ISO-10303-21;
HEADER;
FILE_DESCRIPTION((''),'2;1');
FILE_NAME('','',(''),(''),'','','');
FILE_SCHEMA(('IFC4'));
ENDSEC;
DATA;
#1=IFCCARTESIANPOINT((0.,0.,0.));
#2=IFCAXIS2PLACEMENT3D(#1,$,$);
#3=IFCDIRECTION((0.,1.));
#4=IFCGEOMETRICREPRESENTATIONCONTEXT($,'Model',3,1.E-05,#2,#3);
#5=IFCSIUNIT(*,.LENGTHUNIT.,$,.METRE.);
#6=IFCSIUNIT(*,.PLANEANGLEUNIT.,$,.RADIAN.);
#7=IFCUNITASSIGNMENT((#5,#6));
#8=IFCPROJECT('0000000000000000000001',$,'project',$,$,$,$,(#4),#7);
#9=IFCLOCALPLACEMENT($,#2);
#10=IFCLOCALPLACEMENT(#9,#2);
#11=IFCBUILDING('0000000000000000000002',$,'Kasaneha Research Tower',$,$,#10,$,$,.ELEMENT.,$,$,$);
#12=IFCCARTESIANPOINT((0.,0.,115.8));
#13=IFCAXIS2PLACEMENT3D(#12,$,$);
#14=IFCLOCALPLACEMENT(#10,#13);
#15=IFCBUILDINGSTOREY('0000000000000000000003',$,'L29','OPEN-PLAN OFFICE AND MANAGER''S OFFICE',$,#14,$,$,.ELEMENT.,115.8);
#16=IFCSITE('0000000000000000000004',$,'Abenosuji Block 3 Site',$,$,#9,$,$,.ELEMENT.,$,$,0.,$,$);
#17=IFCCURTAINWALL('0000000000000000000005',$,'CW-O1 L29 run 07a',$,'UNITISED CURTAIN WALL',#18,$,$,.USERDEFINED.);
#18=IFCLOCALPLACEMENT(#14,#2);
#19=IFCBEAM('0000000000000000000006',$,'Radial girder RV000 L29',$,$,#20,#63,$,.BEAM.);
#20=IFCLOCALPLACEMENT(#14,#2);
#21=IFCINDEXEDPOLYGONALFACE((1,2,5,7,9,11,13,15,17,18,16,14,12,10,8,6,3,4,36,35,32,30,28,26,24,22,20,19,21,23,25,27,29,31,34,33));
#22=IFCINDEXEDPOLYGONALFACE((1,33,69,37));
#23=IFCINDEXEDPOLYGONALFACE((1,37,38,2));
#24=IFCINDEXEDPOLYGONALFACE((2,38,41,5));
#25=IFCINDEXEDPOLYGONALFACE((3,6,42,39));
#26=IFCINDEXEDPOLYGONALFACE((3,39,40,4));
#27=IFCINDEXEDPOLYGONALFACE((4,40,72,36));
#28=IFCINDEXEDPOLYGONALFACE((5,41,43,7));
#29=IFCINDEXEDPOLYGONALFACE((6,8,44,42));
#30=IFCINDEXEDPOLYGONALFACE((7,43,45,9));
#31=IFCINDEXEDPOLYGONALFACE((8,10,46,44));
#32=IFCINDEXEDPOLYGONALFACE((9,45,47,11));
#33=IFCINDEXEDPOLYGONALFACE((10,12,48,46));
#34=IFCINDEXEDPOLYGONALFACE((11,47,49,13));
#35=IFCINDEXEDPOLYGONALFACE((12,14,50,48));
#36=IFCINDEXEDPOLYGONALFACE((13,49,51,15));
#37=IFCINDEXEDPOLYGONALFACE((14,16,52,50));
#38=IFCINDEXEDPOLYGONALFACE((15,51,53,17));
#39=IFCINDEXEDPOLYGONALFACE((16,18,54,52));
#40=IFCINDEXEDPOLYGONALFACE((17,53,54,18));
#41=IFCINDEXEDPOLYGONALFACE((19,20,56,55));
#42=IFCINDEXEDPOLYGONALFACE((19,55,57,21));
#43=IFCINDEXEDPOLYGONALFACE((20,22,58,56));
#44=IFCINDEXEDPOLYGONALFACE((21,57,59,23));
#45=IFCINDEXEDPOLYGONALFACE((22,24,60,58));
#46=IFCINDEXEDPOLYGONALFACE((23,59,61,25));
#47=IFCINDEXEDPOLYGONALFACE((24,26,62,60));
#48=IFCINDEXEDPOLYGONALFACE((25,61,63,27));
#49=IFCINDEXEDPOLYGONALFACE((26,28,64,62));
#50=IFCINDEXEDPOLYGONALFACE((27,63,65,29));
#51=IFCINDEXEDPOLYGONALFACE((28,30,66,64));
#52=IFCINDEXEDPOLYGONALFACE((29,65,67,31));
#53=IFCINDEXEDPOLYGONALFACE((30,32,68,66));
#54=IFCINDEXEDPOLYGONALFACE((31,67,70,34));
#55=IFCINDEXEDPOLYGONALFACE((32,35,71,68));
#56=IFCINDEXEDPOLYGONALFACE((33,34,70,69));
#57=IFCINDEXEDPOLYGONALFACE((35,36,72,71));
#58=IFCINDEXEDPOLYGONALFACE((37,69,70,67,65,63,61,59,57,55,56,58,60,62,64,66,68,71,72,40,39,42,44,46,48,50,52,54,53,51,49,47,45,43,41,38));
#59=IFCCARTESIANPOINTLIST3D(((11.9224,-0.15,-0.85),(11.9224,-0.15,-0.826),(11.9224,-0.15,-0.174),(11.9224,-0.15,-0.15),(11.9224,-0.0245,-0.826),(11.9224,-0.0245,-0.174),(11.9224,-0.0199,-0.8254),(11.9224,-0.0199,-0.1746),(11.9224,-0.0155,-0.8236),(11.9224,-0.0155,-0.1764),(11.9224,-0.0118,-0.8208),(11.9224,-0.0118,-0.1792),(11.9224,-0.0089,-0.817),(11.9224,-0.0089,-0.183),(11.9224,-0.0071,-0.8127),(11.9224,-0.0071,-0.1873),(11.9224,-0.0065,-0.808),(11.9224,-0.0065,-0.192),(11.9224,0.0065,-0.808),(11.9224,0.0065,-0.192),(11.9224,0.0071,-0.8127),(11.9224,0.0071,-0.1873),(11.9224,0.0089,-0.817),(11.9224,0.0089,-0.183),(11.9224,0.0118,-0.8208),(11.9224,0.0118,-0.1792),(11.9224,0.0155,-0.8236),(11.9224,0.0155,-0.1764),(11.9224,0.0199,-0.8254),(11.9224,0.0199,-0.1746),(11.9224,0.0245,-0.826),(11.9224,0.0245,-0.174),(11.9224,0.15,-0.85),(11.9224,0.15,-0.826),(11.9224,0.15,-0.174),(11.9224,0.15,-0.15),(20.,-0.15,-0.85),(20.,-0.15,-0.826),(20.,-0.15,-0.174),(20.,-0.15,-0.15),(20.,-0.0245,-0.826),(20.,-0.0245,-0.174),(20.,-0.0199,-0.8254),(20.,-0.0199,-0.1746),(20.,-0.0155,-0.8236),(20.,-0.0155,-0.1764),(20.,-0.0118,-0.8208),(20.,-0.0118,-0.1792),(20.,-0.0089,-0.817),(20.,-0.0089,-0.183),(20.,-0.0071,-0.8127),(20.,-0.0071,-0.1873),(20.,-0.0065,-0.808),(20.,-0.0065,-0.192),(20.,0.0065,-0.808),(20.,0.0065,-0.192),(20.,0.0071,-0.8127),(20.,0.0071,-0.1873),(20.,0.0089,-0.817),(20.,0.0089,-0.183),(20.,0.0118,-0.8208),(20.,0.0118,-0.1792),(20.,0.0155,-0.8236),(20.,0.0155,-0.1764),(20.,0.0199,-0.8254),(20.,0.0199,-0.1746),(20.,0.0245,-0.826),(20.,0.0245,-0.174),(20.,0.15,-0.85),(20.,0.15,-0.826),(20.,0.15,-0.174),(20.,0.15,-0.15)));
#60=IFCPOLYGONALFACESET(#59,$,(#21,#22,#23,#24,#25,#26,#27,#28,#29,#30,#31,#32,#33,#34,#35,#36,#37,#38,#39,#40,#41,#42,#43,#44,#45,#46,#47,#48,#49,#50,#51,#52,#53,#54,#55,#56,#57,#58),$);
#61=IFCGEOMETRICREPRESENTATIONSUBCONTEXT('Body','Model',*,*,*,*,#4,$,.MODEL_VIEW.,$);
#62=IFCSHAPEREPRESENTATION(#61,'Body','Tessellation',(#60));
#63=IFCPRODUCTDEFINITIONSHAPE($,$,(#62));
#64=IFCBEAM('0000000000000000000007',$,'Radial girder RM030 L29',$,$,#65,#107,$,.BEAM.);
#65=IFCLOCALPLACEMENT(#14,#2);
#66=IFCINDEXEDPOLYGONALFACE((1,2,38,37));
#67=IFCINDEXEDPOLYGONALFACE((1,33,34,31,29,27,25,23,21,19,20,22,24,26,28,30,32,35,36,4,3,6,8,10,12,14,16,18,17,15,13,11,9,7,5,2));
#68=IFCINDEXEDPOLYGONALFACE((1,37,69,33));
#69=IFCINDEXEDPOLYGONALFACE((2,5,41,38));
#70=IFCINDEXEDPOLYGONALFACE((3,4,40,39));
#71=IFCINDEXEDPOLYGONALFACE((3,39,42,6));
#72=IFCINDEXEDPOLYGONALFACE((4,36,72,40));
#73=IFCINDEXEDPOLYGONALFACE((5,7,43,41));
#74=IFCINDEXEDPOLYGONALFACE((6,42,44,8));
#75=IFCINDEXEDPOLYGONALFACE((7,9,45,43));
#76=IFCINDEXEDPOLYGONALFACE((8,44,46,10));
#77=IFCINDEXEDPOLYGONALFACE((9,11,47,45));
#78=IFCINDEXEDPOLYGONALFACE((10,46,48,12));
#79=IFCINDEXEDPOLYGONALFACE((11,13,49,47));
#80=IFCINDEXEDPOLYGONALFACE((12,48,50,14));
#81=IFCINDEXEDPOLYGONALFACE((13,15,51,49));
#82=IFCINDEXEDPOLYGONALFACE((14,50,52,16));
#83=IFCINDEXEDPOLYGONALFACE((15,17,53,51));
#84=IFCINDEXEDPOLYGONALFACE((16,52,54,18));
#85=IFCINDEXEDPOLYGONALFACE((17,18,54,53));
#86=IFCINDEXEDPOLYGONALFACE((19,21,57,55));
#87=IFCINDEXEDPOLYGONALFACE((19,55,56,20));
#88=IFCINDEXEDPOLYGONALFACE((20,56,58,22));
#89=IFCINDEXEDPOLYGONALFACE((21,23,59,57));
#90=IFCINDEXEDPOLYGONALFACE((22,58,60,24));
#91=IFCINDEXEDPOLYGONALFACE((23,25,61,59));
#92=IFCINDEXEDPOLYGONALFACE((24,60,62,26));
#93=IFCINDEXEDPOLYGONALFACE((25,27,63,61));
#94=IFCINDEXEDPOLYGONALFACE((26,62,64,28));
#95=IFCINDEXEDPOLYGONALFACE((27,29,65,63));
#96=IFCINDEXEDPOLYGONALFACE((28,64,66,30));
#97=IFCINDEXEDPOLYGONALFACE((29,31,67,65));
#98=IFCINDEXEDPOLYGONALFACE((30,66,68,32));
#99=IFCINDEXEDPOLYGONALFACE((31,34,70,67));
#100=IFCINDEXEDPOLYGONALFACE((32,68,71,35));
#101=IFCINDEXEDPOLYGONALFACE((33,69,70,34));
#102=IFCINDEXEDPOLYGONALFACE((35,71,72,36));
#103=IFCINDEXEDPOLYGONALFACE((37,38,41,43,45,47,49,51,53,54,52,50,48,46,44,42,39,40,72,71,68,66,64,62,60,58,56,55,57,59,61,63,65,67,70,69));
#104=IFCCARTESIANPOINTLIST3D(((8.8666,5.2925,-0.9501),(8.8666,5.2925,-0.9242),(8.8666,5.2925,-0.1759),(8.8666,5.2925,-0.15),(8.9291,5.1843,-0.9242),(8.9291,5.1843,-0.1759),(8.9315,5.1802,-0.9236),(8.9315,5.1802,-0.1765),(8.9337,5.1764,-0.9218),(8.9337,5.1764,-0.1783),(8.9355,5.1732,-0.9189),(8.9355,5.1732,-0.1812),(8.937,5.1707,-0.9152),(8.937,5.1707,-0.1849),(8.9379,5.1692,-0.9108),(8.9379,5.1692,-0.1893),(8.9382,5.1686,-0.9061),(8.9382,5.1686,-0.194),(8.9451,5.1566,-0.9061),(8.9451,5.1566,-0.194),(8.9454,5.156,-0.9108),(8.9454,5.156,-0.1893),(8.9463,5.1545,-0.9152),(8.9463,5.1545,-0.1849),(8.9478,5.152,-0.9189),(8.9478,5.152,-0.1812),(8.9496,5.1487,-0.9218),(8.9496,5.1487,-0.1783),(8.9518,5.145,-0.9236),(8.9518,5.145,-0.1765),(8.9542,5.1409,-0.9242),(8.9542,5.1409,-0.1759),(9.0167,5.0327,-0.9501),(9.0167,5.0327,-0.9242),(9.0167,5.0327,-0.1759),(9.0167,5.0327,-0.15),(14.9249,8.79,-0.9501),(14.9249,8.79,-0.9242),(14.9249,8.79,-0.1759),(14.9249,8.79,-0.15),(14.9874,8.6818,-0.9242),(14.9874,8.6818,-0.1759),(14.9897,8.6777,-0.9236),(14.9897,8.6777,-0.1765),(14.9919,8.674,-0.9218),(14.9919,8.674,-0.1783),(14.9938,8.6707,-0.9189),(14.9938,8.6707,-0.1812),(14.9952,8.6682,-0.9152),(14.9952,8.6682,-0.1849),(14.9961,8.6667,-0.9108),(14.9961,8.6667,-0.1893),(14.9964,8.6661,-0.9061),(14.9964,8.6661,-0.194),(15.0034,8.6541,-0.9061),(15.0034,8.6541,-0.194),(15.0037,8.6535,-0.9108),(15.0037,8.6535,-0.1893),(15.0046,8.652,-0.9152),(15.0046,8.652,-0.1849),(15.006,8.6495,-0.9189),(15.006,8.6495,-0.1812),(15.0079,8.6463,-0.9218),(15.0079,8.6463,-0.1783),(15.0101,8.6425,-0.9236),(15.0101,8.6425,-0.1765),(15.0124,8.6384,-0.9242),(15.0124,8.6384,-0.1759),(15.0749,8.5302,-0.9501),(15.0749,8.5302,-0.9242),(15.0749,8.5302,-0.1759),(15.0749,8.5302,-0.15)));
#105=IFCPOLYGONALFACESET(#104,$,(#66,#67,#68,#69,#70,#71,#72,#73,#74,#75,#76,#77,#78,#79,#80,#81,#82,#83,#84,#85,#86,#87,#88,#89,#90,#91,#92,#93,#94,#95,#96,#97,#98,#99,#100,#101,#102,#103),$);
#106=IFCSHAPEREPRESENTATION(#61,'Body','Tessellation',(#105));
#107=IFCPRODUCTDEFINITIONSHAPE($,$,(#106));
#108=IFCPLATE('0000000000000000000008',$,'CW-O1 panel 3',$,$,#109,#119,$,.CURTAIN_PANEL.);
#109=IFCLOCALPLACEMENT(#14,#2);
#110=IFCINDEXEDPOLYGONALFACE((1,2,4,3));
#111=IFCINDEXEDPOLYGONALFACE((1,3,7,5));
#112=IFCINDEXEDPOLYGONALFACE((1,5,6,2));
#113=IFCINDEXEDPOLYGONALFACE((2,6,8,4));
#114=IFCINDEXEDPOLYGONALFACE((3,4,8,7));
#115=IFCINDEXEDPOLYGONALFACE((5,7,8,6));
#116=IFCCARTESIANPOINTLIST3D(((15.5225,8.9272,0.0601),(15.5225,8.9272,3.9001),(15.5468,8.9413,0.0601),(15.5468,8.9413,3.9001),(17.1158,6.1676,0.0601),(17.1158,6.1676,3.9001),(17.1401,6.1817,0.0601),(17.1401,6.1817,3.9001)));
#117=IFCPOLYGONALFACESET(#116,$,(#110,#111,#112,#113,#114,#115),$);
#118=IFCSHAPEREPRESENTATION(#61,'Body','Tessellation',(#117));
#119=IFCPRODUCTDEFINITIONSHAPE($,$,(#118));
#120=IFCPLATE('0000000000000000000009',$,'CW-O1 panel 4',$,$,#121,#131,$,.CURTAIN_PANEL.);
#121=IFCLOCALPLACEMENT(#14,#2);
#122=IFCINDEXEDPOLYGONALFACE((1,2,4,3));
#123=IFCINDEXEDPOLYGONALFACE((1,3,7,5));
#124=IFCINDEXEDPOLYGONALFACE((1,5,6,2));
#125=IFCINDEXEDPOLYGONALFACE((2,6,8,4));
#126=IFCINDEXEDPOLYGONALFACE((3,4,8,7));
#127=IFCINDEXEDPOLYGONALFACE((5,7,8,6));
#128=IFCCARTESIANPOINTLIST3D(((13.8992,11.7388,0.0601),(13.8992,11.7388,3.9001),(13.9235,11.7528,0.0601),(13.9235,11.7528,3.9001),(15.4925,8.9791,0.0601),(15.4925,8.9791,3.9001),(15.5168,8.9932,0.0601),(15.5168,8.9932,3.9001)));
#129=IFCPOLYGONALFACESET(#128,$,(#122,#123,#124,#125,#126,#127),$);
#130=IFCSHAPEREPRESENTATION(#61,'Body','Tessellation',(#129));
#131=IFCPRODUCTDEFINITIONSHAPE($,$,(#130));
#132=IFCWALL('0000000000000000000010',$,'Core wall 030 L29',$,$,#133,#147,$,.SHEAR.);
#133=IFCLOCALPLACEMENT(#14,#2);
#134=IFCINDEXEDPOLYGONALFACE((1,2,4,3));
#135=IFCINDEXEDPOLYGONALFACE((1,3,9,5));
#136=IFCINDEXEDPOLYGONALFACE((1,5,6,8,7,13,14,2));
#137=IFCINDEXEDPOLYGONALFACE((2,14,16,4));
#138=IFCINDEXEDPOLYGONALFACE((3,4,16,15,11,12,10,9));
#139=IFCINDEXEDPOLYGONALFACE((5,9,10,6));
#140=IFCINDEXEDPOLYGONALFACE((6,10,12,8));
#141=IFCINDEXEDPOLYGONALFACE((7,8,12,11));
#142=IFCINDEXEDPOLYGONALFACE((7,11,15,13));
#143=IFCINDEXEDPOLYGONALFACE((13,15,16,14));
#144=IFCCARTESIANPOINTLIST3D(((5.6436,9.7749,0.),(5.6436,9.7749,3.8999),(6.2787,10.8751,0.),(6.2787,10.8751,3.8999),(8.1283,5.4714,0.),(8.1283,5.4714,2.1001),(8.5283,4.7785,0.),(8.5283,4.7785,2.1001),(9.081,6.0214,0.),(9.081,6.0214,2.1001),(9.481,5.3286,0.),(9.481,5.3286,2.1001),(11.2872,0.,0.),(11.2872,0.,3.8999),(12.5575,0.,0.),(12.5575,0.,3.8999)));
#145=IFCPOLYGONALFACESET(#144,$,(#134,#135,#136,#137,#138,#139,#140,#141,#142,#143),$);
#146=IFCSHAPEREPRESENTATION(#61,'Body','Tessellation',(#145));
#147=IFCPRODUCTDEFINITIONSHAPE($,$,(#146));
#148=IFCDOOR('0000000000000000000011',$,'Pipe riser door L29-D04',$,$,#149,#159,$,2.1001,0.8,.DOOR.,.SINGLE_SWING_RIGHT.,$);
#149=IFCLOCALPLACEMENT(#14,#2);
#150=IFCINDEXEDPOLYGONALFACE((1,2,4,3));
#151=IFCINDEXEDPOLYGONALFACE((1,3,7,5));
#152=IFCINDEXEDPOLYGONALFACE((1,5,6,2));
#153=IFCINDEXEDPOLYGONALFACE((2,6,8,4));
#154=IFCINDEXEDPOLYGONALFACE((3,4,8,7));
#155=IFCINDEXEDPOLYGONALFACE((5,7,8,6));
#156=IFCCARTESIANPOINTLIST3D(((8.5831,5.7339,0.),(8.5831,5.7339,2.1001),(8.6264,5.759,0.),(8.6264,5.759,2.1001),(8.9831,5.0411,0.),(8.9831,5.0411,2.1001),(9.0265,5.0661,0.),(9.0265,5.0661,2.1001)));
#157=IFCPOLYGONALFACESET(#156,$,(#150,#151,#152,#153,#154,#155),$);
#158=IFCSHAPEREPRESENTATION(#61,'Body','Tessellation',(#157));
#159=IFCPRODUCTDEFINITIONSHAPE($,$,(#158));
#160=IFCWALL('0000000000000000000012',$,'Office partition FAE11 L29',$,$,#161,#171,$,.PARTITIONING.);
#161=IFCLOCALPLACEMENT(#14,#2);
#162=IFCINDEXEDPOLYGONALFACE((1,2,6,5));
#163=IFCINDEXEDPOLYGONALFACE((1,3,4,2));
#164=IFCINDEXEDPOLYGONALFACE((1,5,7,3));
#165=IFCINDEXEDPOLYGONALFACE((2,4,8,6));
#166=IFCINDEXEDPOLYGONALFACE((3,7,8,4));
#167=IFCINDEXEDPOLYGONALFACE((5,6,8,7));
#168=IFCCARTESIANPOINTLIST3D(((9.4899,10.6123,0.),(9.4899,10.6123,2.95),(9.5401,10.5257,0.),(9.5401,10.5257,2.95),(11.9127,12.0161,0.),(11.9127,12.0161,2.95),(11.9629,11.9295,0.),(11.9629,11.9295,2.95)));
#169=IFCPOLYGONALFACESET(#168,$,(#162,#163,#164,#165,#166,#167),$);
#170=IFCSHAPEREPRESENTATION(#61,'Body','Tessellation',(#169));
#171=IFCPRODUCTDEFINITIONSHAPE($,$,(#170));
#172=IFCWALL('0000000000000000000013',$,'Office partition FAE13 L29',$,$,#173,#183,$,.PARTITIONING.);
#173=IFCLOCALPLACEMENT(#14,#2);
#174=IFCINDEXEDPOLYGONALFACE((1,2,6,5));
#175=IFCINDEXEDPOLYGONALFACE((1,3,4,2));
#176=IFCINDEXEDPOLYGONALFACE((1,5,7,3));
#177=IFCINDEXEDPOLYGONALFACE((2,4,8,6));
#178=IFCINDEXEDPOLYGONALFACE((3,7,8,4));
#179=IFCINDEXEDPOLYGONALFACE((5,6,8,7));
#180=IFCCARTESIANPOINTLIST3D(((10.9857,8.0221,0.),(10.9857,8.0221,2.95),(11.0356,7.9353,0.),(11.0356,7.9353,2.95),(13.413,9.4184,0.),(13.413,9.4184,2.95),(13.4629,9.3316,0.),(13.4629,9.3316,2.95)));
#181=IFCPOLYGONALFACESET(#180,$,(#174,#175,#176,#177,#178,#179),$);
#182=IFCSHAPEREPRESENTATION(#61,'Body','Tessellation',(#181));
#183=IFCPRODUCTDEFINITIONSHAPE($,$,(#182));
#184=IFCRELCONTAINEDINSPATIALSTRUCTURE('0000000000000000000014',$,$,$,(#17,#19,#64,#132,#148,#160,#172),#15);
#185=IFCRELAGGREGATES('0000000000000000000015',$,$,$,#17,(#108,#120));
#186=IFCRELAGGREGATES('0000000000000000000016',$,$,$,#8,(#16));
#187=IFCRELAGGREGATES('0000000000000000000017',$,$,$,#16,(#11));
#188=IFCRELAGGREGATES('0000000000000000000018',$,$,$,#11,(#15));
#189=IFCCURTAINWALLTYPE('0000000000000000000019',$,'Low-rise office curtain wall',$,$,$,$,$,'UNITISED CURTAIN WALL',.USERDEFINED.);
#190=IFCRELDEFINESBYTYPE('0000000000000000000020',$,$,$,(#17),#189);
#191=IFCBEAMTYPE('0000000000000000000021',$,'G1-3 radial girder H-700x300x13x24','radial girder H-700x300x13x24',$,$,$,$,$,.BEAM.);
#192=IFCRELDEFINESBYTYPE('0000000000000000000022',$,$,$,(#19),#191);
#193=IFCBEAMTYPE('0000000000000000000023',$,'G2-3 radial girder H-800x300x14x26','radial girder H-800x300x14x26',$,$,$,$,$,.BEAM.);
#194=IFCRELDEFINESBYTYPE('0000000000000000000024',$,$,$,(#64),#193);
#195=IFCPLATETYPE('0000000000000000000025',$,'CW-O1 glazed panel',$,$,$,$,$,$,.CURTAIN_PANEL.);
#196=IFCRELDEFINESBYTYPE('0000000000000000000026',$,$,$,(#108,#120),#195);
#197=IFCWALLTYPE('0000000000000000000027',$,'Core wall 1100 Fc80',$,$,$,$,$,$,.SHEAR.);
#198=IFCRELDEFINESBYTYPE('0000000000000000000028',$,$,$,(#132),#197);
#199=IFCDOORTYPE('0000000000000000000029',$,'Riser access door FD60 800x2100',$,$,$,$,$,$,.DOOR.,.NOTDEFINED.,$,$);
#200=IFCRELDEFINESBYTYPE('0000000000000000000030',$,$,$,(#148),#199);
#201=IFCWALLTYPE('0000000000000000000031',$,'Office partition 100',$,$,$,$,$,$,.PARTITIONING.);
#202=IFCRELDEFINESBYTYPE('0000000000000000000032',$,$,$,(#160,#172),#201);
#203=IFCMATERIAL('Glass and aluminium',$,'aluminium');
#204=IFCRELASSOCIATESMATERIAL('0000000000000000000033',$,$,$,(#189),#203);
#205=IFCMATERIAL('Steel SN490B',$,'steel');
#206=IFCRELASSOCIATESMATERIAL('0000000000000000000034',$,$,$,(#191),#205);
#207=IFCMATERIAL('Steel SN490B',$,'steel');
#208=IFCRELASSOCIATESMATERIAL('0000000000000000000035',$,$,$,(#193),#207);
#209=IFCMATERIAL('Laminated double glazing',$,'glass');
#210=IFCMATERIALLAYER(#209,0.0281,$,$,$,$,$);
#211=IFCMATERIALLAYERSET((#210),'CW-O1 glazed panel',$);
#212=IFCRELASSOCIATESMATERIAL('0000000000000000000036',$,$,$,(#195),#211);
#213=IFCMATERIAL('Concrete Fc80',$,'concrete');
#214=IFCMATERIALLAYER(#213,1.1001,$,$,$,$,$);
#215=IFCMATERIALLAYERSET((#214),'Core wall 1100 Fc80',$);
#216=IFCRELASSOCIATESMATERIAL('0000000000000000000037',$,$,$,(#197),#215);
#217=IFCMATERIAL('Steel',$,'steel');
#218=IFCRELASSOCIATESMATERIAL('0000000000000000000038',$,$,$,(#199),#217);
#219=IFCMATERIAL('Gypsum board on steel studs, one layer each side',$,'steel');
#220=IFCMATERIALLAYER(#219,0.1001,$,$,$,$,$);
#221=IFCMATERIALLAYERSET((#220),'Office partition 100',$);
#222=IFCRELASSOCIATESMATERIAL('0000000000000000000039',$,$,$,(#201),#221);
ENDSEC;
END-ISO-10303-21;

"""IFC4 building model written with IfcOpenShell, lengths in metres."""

from ifc_helpers import new_model, si_unit, direction, frame, frame_2d, origin, origin_2d, place, context, subcontext, project, spatial, polyline, rectangle, i_section, outline, extrude, material, layer, layer_set, material_profile, profile_set, type_object, element, fill, aggregate, save


model = new_model("IFC4")

# Units and contexts
model_context = context("Model", 3, precision=1e-05, world=origin(), true_north=direction((0.0, 1.0)))
body_context = subcontext(model_context, "Body", "Model", "MODEL_VIEW")
ifc_project = project(units=[si_unit("LENGTHUNIT", "METRE"), si_unit("PLANEANGLEUNIT", "RADIAN")], contexts=[model_context])

# Site, building, storey
site_placement = place(None, origin())
site = spatial("IfcSite", under=ifc_project, at=site_placement, Name="Abenosuji Block 3 Site", CompositionType="ELEMENT", RefElevation=0.0)
building_placement = place(site_placement, origin())
building = spatial("IfcBuilding", under=site, at=building_placement, Name="Kasaneha Research Tower", CompositionType="ELEMENT")
storey_placement = place(building_placement, frame((0.0, 0.0, 115.8)))
storey = spatial("IfcBuildingStorey", under=building, at=storey_placement, Name="L29", Description="OPEN-PLAN OFFICE AND MANAGER'S OFFICE", CompositionType="ELEMENT", Elevation=115.8)

# Curtain wall
ifc_material_1 = material(Name="Glass and aluminium", Category="aluminium")
curtain_wall_type = type_object("IfcCurtainWallType", Name="Low-rise office curtain wall", ElementType="UNITISED CURTAIN WALL", PredefinedType="USERDEFINED", material=ifc_material_1)
curtain_wall_placement = place(storey_placement, origin())
curtain_wall = element("IfcCurtainWall", 1, at=curtain_wall_placement, inside=storey, type_object=curtain_wall_type, Name="CW-O1 L29 run 07a", ObjectType="UNITISED CURTAIN WALL", PredefinedType="USERDEFINED")

# Beams
ifc_material_2 = material(Name="Steel SN490B", Category="steel")
ifc_material_profile_1 = material_profile(ifc_material_2, i_section(OverallWidth=0.3, OverallDepth=0.7, WebThickness=0.0129, FlangeThickness=0.0239, FilletRadius=0.0181, at=origin_2d()), Name="H-700x300x13x24")
ifc_profile_set_1 = profile_set([ifc_material_profile_1], Name="Steel SN490B")
beam_type_1 = type_object("IfcBeamType", Name="G1-3 radial girder H-700x300x13x24", Description="radial girder H-700x300x13x24", PredefinedType="BEAM", material=ifc_profile_set_1)
beam_1_placement = place(storey_placement, frame((11.9224, 0.0, -0.5), z_axis=(1.0, 0.0, 0.0), x_axis=(0.0, 1.0, 0.0)))
element("IfcBeam", 2, at=beam_1_placement, inside=storey, type_object=beam_type_1, Name="Radial girder RV000 L29", PredefinedType="BEAM", context=body_context, shape_type="SweptSolid", body=[
    extrude(i_section(OverallWidth=0.3, OverallDepth=0.7, WebThickness=0.0129, FlangeThickness=0.0239, FilletRadius=0.0181, at=origin_2d()), origin(), (0.0, 0.0, 1.0), 8.0776),
])
ifc_material_3 = material(Name="Steel SN490B", Category="steel")
ifc_material_profile_2 = material_profile(ifc_material_3, i_section(OverallWidth=0.3, OverallDepth=0.8, WebThickness=0.0139, FlangeThickness=0.0259, FilletRadius=0.0181, at=origin_2d()), Name="H-800x300x14x26")
ifc_profile_set_2 = profile_set([ifc_material_profile_2], Name="Steel SN490B")
beam_type_2 = type_object("IfcBeamType", Name="G2-3 radial girder H-800x300x14x26", Description="radial girder H-800x300x14x26", PredefinedType="BEAM", material=ifc_profile_set_2)
beam_2_placement = place(storey_placement, frame((8.9417, 5.1626, -0.55), z_axis=(0.86604, 0.499975, 0.0), x_axis=(-0.499975, 0.86604, 0.0)))
element("IfcBeam", 3, at=beam_2_placement, inside=storey, type_object=beam_type_2, Name="Radial girder RM030 L29", PredefinedType="BEAM", context=body_context, shape_type="SweptSolid", body=[
    extrude(i_section(OverallWidth=0.3, OverallDepth=0.8, WebThickness=0.0139, FlangeThickness=0.0259, FilletRadius=0.0181, at=origin_2d()), origin(), (0.0, 0.0, 1.0), 6.9954),
])

# Plates
ifc_material_4 = material(Name="Laminated double glazing", Category="glass")
ifc_layer_1 = layer(ifc_material_4, 0.0281)
ifc_layer_set_1 = layer_set([ifc_layer_1], Name="CW-O1 glazed panel")
plate_type = type_object("IfcPlateType", Name="CW-O1 glazed panel", PredefinedType="CURTAIN_PANEL", material=ifc_layer_set_1)
plate_1_placement = place(storey_placement, frame((16.3313, 7.5544, 0.0601), z_axis=(0.0, 0.0, 1.0), x_axis=(-0.5, 0.866025, 0.0)))
plate_1 = element("IfcPlate", 4, at=plate_1_placement, type_object=plate_type, Name="CW-O1 panel 3", PredefinedType="CURTAIN_PANEL", context=body_context, shape_type="SweptSolid", body=[
    extrude(rectangle(XDim=3.1865, YDim=0.0281, at=origin_2d()), origin(), (0.0, 0.0, 1.0), 3.8401),
])
plate_2_placement = place(storey_placement, frame((14.708, 10.366, 0.0601), z_axis=(0.0, 0.0, 1.0), x_axis=(-0.5, 0.866025, 0.0)))
plate_2 = element("IfcPlate", 5, at=plate_2_placement, type_object=plate_type, Name="CW-O1 panel 4", PredefinedType="CURTAIN_PANEL", context=body_context, shape_type="SweptSolid", body=[
    extrude(rectangle(XDim=3.1865, YDim=0.0281, at=origin_2d()), origin(), (0.0, 0.0, 1.0), 3.8401),
])
aggregate(curtain_wall, [plate_1, plate_2])

# Wall, opening, door
ifc_material_5 = material(Name="Concrete Fc80", Category="concrete")
ifc_layer_2 = layer(ifc_material_5, 1.1001)
ifc_layer_set_2 = layer_set([ifc_layer_2], Name="Core wall 1100 Fc80")
wall_type_1 = type_object("IfcWallType", Name="Core wall 1100 Fc80", PredefinedType="SHEAR", material=ifc_layer_set_2)
wall_1_placement = place(storey_placement, frame((11.9224, 0.0, 0.0), z_axis=(0.0, 0.0, 1.0), x_axis=(-0.500004, 0.866023, 0.0)))
wall_1 = element("IfcWall", 6, at=wall_1_placement, inside=storey, type_object=wall_type_1, Name="Core wall 030 L29", PredefinedType="SHEAR", context=body_context, shape_type="SweptSolid", body=[
    extrude(outline(polyline([(-0.3176, -0.55), (5.8354, -0.55), (6.6355, -0.55), (12.24, -0.55), (11.6047, 0.55), (6.6355, 0.55), (5.8354, 0.55), (0.3176, 0.55), (-0.3176, -0.55)])), origin(), (0.0, 0.0, 1.0), 3.8999),
])
opening_1_placement = place(wall_1_placement, frame((5.8354, 0.0, 0.0)))
opening_1 = element("IfcOpeningElement", 7, at=opening_1_placement, cuts=wall_1, PredefinedType="OPENING", context=body_context, shape_type="SweptSolid", body=[
    extrude(rectangle(XDim=0.8, YDim=2.1001, at=frame_2d((0.3999, 1.05))), frame((0.0, 0.5601, 0.0), z_axis=(0.0, -1.0, 0.0), x_axis=(1.0, 0.0, 0.0)), (0.0, 0.0, 1.0), 1.1201),
])
ifc_material_6 = material(Name="Steel", Category="steel")
door_type_1 = type_object("IfcDoorType", Name="Riser access door FD60 800x2100", OperationType="NOTDEFINED", PredefinedType="DOOR", material=ifc_material_6)
door_1_placement = place(opening_1_placement, origin())
door_1 = element("IfcDoor", 8, at=door_1_placement, inside=storey, type_object=door_type_1, Name="Pipe riser door L29-D04", OperationType="SINGLE_SWING_RIGHT", OverallHeight=2.1001, OverallWidth=0.8, PredefinedType="DOOR", context=body_context, shape_type="SweptSolid", body=[
    extrude(rectangle(XDim=0.8, YDim=2.1001, at=frame_2d((0.3999, 1.05))), frame((0.0, 0.0249, 0.0), z_axis=(0.0, -1.0, 0.0), x_axis=(1.0, 0.0, 0.0)), (0.0, 0.0, 1.0), 0.05),
])
fill(opening_1, door_1)

# Walls
ifc_material_7 = material(Name="Gypsum board on steel studs, one layer each side", Category="steel")
ifc_layer_3 = layer(ifc_material_7, 0.1001)
ifc_layer_set_3 = layer_set([ifc_layer_3], Name="Office partition 100")
wall_type_2 = type_object("IfcWallType", Name="Office partition 100", PredefinedType="PARTITIONING", material=ifc_layer_set_3)
wall_2_placement = place(storey_placement, frame((9.5151, 10.5691, 0.0), z_axis=(0.0, 0.0, 1.0), x_axis=(0.865255, 0.501332, 0.0)))
element("IfcWall", 9, at=wall_2_placement, inside=storey, type_object=wall_type_2, Name="Office partition FAE11 L29", PredefinedType="PARTITIONING", context=body_context, shape_type="SweptSolid", body=[
    extrude(rectangle(XDim=2.8, YDim=0.1001, at=frame_2d((1.3999, 0.0))), origin(), (0.0, 0.0, 1.0), 2.95),
])
wall_3_placement = place(storey_placement, frame((13.438, 9.375, 0.0), z_axis=(0.0, 0.0, 1.0), x_axis=(-0.866818, -0.498625, 0.0)))
element("IfcWall", 10, at=wall_3_placement, inside=storey, type_object=wall_type_2, Name="Office partition FAE13 L29", PredefinedType="PARTITIONING", context=body_context, shape_type="SweptSolid", body=[
    extrude(rectangle(XDim=2.8003, YDim=0.1001, at=frame_2d((1.4001, 0.0))), origin(), (0.0, 0.0, 1.0), 2.95),
])

save(model, "model.ifc")
